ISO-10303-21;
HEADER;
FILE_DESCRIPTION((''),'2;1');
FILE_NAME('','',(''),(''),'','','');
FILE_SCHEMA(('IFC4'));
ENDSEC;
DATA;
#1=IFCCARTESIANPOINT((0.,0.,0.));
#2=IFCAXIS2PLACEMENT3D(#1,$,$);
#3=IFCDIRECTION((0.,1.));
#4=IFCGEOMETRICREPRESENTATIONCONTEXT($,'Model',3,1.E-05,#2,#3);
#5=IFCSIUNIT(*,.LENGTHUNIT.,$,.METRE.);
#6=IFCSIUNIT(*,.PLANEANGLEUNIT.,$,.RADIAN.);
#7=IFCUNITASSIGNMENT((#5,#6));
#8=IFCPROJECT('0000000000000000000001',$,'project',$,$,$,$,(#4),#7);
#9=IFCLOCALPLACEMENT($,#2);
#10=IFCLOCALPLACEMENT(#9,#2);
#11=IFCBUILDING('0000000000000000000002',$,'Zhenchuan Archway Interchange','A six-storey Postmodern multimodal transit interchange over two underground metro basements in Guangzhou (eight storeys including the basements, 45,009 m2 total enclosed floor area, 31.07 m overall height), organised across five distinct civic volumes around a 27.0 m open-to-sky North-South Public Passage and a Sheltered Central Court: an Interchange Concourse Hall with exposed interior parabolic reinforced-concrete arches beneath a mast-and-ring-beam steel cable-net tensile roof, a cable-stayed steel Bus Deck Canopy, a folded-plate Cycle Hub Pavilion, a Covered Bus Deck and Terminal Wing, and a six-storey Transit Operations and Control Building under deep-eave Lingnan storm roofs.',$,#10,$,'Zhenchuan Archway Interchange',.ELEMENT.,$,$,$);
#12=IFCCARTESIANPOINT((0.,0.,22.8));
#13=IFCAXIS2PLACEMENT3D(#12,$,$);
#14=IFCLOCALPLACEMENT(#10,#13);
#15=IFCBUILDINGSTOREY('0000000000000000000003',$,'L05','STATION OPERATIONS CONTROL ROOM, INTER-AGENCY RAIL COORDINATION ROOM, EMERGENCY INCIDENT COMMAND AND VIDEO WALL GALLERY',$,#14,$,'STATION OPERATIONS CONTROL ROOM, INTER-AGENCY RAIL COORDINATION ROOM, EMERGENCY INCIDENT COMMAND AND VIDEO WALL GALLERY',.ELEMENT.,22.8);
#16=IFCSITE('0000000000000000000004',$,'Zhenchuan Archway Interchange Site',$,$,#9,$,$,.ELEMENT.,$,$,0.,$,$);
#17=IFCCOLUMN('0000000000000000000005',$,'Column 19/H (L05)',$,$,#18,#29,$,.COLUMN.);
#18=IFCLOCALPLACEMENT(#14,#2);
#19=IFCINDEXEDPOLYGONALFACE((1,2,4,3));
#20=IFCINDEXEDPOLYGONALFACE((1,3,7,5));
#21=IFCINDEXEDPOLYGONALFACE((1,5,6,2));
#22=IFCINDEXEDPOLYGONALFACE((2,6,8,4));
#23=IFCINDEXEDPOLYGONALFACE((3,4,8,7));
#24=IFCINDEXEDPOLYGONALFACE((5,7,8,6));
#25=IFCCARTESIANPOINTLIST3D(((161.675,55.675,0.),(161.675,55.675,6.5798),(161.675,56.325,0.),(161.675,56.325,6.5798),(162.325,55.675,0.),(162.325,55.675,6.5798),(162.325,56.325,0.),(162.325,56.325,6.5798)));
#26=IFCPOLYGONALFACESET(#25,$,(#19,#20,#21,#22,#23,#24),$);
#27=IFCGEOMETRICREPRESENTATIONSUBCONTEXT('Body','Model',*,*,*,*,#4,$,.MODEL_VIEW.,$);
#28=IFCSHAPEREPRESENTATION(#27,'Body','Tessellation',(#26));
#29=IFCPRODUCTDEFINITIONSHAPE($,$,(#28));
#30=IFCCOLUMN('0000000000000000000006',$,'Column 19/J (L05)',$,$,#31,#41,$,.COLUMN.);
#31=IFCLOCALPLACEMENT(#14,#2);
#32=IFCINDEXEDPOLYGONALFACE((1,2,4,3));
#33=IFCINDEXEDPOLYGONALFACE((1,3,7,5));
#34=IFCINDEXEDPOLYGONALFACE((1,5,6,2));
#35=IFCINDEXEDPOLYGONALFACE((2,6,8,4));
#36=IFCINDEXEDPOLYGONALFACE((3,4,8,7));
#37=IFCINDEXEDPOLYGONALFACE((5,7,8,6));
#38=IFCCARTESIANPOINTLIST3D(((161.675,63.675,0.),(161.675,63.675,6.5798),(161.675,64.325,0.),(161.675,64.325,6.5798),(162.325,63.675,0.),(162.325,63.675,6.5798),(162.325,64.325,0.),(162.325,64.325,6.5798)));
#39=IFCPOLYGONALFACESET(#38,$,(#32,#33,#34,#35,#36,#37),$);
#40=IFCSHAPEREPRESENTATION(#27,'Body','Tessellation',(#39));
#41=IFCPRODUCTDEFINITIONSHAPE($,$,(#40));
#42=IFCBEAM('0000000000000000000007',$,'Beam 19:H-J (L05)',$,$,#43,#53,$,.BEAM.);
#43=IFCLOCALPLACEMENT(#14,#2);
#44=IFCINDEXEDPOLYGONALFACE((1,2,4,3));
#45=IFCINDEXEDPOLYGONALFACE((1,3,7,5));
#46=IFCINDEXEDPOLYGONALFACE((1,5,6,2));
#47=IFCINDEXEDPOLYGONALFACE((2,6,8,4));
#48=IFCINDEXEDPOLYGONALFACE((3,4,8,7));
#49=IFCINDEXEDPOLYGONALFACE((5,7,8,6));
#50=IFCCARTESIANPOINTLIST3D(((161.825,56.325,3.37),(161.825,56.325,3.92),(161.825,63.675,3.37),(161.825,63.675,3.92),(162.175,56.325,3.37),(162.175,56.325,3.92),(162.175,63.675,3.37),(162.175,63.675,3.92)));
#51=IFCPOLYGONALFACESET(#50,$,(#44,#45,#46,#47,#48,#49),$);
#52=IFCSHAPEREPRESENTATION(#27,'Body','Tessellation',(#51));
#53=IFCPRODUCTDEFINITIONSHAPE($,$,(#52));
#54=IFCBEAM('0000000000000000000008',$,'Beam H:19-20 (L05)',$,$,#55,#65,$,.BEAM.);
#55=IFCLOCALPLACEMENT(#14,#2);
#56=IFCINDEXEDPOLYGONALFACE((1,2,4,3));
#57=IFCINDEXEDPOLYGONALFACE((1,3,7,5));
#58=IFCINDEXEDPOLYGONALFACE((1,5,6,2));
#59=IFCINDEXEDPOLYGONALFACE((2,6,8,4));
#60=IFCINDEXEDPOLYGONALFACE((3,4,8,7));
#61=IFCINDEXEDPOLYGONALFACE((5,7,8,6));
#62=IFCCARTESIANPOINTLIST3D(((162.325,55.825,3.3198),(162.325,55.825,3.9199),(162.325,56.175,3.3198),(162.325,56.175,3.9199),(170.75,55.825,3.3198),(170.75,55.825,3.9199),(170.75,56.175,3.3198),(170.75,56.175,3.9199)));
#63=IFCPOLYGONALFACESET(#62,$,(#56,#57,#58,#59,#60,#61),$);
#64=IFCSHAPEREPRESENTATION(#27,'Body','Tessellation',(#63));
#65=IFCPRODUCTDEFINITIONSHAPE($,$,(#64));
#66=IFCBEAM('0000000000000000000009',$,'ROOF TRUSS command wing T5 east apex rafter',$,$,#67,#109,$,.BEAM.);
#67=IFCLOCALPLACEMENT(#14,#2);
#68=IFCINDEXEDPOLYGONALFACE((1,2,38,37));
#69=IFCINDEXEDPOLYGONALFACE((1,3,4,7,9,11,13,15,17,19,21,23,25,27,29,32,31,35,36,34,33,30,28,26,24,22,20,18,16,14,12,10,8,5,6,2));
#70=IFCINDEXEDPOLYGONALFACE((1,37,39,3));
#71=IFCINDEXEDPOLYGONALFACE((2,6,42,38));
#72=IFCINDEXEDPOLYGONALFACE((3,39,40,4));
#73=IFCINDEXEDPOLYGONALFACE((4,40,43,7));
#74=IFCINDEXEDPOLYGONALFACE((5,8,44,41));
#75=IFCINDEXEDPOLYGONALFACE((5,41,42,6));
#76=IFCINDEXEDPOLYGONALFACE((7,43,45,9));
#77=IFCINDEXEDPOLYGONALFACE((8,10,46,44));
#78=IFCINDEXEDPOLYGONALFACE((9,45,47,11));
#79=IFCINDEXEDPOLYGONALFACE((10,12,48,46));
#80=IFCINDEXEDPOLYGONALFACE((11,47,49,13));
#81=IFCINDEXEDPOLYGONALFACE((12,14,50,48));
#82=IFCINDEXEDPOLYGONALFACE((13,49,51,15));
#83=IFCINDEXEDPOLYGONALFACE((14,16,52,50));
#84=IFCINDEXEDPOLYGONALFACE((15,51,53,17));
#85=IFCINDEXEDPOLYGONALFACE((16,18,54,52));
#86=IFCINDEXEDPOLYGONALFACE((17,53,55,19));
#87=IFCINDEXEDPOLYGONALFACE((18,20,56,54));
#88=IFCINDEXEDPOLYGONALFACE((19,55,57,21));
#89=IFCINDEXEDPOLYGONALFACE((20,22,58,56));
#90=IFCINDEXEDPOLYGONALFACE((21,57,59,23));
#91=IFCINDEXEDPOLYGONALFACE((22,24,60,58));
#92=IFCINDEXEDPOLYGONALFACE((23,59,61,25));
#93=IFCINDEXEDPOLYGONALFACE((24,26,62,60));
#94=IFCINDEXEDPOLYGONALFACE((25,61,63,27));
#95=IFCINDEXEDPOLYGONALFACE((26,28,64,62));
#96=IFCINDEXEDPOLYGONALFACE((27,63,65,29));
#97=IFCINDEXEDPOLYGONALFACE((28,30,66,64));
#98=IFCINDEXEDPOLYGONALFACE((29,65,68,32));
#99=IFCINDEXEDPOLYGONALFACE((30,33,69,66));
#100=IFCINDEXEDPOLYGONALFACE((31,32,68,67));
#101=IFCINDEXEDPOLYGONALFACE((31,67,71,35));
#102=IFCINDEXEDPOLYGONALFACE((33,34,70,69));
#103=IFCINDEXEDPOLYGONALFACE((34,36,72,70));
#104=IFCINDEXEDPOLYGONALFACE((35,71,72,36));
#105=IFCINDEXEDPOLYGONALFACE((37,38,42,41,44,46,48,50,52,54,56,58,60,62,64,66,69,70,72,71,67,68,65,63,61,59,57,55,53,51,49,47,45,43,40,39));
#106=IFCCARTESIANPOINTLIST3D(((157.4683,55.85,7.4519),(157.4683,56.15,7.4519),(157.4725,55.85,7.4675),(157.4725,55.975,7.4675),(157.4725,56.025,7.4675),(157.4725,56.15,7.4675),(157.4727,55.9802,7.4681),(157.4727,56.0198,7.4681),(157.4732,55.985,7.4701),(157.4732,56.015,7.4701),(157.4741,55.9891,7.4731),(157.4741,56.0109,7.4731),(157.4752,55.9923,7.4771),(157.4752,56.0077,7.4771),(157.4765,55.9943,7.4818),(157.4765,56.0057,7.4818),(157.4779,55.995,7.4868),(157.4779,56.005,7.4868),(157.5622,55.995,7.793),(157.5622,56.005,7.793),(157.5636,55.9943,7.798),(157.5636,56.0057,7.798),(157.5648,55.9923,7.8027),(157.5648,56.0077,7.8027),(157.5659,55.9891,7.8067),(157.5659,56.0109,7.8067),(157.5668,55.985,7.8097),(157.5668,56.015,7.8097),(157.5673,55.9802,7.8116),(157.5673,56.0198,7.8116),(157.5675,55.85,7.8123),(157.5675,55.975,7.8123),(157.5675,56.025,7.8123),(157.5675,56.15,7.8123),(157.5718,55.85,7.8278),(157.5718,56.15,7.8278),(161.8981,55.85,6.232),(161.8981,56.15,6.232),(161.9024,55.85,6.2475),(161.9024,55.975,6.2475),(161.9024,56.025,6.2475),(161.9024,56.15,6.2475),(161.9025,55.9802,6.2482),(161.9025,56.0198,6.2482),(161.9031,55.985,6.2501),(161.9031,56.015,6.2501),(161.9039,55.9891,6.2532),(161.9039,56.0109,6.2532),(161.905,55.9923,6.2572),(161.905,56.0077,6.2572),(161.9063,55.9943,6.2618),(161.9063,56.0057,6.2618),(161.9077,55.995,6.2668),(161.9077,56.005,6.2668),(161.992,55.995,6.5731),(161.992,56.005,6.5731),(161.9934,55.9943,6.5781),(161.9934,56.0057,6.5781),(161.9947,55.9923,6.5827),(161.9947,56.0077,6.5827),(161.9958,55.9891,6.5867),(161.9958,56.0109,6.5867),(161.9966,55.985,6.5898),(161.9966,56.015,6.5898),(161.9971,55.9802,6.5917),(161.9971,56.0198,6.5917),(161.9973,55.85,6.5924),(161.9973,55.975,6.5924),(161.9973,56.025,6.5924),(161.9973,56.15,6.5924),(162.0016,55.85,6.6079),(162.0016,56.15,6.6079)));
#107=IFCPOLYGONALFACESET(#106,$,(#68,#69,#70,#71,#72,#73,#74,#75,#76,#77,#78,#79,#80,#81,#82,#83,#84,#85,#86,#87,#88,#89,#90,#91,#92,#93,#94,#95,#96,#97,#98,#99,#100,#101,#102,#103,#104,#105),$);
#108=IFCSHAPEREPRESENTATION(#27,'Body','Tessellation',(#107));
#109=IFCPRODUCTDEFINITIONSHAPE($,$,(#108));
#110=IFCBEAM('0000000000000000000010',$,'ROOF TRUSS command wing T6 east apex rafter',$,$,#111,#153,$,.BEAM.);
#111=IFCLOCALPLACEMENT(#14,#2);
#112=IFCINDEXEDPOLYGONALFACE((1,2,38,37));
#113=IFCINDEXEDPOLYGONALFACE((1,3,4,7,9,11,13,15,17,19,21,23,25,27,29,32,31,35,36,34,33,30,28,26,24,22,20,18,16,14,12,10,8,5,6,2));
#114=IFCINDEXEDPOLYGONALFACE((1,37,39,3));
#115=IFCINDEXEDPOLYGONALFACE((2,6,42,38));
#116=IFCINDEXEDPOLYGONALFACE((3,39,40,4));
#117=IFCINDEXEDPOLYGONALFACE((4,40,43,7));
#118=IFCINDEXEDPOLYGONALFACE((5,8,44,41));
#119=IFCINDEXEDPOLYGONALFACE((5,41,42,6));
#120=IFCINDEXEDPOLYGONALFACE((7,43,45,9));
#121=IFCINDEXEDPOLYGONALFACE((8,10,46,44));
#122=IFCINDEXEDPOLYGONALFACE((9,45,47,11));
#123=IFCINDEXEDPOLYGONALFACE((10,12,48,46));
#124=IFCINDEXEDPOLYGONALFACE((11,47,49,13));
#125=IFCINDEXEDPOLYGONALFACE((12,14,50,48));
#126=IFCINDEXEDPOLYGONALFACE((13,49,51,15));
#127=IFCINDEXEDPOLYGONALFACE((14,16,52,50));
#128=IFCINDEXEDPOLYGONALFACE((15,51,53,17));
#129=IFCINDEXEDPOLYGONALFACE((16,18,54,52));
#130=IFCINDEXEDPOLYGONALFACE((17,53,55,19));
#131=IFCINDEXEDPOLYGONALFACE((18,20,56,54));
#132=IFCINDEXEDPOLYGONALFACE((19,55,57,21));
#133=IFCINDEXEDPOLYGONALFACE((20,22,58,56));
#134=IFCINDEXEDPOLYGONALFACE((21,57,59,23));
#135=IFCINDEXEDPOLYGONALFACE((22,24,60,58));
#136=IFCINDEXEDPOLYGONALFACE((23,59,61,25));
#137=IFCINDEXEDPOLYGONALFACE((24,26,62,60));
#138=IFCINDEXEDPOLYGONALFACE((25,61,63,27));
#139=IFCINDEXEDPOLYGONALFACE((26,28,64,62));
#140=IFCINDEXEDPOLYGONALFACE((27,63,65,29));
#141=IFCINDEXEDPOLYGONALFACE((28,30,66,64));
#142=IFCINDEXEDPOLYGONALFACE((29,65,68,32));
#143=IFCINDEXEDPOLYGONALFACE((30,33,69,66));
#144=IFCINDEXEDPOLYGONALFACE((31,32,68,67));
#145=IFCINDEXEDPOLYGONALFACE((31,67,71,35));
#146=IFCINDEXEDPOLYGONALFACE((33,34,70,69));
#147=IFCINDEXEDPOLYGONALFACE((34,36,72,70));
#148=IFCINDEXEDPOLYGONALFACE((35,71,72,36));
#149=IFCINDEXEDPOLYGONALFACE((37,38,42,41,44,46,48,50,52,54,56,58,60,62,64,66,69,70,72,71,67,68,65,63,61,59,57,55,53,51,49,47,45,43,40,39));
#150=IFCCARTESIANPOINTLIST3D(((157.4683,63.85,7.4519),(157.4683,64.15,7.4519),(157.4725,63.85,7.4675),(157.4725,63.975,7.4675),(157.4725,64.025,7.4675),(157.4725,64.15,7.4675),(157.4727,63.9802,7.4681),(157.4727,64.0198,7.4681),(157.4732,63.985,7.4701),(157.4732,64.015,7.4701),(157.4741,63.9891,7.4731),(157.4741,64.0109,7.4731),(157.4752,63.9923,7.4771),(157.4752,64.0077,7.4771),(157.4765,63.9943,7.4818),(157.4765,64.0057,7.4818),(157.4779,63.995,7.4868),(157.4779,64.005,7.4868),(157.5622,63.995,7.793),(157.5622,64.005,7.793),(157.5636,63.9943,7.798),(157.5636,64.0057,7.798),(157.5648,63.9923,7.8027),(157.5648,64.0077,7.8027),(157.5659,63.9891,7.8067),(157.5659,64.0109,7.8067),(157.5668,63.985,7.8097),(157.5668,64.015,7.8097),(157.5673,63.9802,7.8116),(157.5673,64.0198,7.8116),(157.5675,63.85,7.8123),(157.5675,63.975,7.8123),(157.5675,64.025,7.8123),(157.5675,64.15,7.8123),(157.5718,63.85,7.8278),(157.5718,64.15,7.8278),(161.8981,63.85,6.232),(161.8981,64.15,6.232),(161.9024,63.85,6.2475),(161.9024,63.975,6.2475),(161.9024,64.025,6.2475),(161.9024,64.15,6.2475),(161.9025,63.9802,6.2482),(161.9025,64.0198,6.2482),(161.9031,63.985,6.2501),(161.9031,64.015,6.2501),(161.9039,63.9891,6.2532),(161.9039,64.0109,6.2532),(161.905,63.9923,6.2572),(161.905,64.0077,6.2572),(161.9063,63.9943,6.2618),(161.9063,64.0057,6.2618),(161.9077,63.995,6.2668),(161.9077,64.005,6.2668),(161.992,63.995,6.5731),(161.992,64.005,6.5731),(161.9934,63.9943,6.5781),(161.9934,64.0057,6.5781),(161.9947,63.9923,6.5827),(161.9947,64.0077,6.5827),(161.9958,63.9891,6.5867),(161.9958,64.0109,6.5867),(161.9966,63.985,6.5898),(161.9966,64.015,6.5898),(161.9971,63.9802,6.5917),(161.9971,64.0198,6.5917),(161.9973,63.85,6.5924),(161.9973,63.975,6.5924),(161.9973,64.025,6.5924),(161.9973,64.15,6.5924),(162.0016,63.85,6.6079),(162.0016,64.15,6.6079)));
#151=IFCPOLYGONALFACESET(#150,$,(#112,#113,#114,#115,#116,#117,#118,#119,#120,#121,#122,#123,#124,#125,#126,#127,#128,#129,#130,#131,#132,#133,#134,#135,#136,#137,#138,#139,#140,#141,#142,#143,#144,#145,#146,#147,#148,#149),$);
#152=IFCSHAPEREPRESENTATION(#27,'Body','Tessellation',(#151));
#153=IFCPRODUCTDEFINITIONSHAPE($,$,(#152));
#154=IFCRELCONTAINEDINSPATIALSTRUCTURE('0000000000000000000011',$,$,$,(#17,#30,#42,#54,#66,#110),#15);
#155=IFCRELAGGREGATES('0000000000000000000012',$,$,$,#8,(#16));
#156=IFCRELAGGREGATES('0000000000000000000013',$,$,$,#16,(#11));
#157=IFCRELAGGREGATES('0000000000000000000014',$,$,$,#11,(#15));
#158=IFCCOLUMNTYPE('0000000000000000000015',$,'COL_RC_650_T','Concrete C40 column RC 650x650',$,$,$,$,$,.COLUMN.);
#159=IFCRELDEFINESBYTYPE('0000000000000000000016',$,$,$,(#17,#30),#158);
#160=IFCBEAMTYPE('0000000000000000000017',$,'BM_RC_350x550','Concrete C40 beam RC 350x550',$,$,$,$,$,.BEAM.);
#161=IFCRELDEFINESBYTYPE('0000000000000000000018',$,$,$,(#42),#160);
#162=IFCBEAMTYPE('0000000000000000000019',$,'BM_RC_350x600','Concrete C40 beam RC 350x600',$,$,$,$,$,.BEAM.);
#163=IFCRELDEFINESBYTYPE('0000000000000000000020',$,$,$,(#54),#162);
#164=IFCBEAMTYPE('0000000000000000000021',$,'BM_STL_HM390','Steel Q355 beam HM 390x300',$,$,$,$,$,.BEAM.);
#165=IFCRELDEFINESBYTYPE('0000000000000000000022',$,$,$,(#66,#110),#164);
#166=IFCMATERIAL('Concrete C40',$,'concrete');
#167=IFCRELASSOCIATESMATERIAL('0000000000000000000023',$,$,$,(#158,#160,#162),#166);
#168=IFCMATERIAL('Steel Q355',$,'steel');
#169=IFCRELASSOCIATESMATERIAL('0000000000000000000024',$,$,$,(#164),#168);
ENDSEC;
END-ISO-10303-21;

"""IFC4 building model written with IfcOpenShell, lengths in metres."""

from ifc_helpers import new_model, si_unit, direction, frame, origin, origin_2d, place, context, subcontext, project, spatial, rectangle, i_section, extrude, material, material_profile, profile_set, type_object, element, save


model = new_model("IFC4")

# Units and contexts
model_context = context("Model", 3, precision=1e-05, world=origin(), true_north=direction((0.0, 1.0)))
body_context = subcontext(model_context, "Body", "Model", "MODEL_VIEW")
ifc_project = project(units=[si_unit("LENGTHUNIT", "METRE"), si_unit("PLANEANGLEUNIT", "RADIAN")], contexts=[model_context])

# Site, building, storey
site_placement = place(None, origin())
site = spatial("IfcSite", under=ifc_project, at=site_placement, Name="Zhenchuan Archway Interchange Site", CompositionType="ELEMENT", RefElevation=0.0)
building_placement = place(site_placement, origin())
building = spatial("IfcBuilding", under=site, at=building_placement, Name="Zhenchuan Archway Interchange", Description="A six-storey Postmodern multimodal transit interchange over two underground metro basements in Guangzhou (eight storeys including the basements, 45,009 m2 total enclosed floor area, 31.07 m overall height), organised across five distinct civic volumes around a 27.0 m open-to-sky North-South Public Passage and a Sheltered Central Court: an Interchange Concourse Hall with exposed interior parabolic reinforced-concrete arches beneath a mast-and-ring-beam steel cable-net tensile roof, a cable-stayed steel Bus Deck Canopy, a folded-plate Cycle Hub Pavilion, a Covered Bus Deck and Terminal Wing, and a six-storey Transit Operations and Control Building under deep-eave Lingnan storm roofs.", LongName="Zhenchuan Archway Interchange", CompositionType="ELEMENT")
storey_placement = place(building_placement, frame((0.0, 0.0, 22.8)))
storey = spatial("IfcBuildingStorey", under=building, at=storey_placement, Name="L05", Description="STATION OPERATIONS CONTROL ROOM, INTER-AGENCY RAIL COORDINATION ROOM, EMERGENCY INCIDENT COMMAND AND VIDEO WALL GALLERY", LongName="STATION OPERATIONS CONTROL ROOM, INTER-AGENCY RAIL COORDINATION ROOM, EMERGENCY INCIDENT COMMAND AND VIDEO WALL GALLERY", CompositionType="ELEMENT", Elevation=22.8)

# Columns
ifc_material_1 = material(Name="Concrete C40", Category="concrete")
ifc_material_profile_1 = material_profile(ifc_material_1, rectangle(XDim=0.6499, YDim=0.6499, at=origin_2d()), Name="RC 650x650")
ifc_profile_set_1 = profile_set([ifc_material_profile_1], Name="Concrete C40")
column_type = type_object("IfcColumnType", Name="COL_RC_650_T", Description="Concrete C40 column RC 650x650", PredefinedType="COLUMN", material=ifc_profile_set_1)
for number, where, z_axis, x_axis, name in (
    (1, (162.0, 56.0, 0.0), (0.0, 0.0, 1.0), (1.0, 0.0, 0.0), "Column 19/H (L05)"),
    (2, (162.0, 64.0, 0.0), (0.0, 0.0, 1.0), (1.0, 0.0, 0.0), "Column 19/J (L05)"),
):
    element("IfcColumn", number, at=place(storey_placement, frame(where, z_axis=z_axis, x_axis=x_axis)), inside=storey, type_object=column_type, Name=name, PredefinedType="COLUMN", context=body_context, shape_type="SweptSolid", body=[
        extrude(rectangle(XDim=0.6499, YDim=0.6499, at=origin_2d()), origin(), (0.0, 0.0, 1.0), 6.5798),
    ])

# Beams
ifc_material_profile_2 = material_profile(ifc_material_1, rectangle(XDim=0.3501, YDim=0.55, at=origin_2d()), Name="RC 350x550")
ifc_profile_set_2 = profile_set([ifc_material_profile_2], Name="Concrete C40")
beam_type_1 = type_object("IfcBeamType", Name="BM_RC_350x550", Description="Concrete C40 beam RC 350x550", PredefinedType="BEAM", material=ifc_profile_set_2)
beam_1_placement = place(storey_placement, frame((162.0, 56.325, 3.645), z_axis=(0.0, 1.0, 0.0), x_axis=(-1.0, 0.0, 0.0)))
element("IfcBeam", 3, at=beam_1_placement, inside=storey, type_object=beam_type_1, Name="Beam 19:H-J (L05)", PredefinedType="BEAM", context=body_context, shape_type="SweptSolid", body=[
    extrude(rectangle(XDim=0.3501, YDim=0.55, at=origin_2d()), origin(), (0.0, 0.0, 1.0), 7.3501),
])
ifc_material_profile_3 = material_profile(ifc_material_1, rectangle(XDim=0.3501, YDim=0.6001, at=origin_2d()), Name="RC 350x600")
ifc_profile_set_3 = profile_set([ifc_material_profile_3], Name="Concrete C40")
beam_type_2 = type_object("IfcBeamType", Name="BM_RC_350x600", Description="Concrete C40 beam RC 350x600", PredefinedType="BEAM", material=ifc_profile_set_3)
beam_2_placement = place(storey_placement, frame((162.325, 56.0, 3.6199), z_axis=(1.0, 0.0, 0.0), x_axis=(0.0, 1.0, 0.0)))
element("IfcBeam", 4, at=beam_2_placement, inside=storey, type_object=beam_type_2, Name="Beam H:19-20 (L05)", PredefinedType="BEAM", context=body_context, shape_type="SweptSolid", body=[
    extrude(rectangle(XDim=0.3501, YDim=0.6001, at=origin_2d()), origin(), (0.0, 0.0, 1.0), 8.425),
])
ifc_material_2 = material(Name="Steel Q355", Category="steel")
ifc_material_profile_4 = material_profile(ifc_material_2, i_section(OverallWidth=0.3, OverallDepth=0.3899, WebThickness=0.01, FlangeThickness=0.0161, FilletRadius=0.02, at=origin_2d()), Name="HM 390x300")
ifc_profile_set_4 = profile_set([ifc_material_profile_4], Name="Steel Q355")
beam_type_3 = type_object("IfcBeamType", Name="BM_STL_HM390", Description="Steel Q355 beam HM 390x300", PredefinedType="BEAM", material=ifc_profile_set_4)
for number, where, z_axis, x_axis, name in (
    (5, (157.52, 56.0, 7.6399), (0.964109, 0.0, -0.265508), (0.0, 1.0, 0.0), "ROOF TRUSS command wing T5 east apex rafter"),
    (6, (157.52, 64.0, 7.6399), (0.964109, 0.0, -0.265508), (0.0, 1.0, 0.0), "ROOF TRUSS command wing T6 east apex rafter"),
):
    element("IfcBeam", number, at=place(storey_placement, frame(where, z_axis=z_axis, x_axis=x_axis)), inside=storey, type_object=beam_type_3, Name=name, PredefinedType="BEAM", context=body_context, shape_type="SweptSolid", body=[
        extrude(i_section(OverallWidth=0.3, OverallDepth=0.3899, WebThickness=0.01, FlangeThickness=0.0161, FilletRadius=0.02, at=origin_2d()), origin(), (0.0, 0.0, 1.0), 4.5947),
    ])

save(model, "model.ifc")
